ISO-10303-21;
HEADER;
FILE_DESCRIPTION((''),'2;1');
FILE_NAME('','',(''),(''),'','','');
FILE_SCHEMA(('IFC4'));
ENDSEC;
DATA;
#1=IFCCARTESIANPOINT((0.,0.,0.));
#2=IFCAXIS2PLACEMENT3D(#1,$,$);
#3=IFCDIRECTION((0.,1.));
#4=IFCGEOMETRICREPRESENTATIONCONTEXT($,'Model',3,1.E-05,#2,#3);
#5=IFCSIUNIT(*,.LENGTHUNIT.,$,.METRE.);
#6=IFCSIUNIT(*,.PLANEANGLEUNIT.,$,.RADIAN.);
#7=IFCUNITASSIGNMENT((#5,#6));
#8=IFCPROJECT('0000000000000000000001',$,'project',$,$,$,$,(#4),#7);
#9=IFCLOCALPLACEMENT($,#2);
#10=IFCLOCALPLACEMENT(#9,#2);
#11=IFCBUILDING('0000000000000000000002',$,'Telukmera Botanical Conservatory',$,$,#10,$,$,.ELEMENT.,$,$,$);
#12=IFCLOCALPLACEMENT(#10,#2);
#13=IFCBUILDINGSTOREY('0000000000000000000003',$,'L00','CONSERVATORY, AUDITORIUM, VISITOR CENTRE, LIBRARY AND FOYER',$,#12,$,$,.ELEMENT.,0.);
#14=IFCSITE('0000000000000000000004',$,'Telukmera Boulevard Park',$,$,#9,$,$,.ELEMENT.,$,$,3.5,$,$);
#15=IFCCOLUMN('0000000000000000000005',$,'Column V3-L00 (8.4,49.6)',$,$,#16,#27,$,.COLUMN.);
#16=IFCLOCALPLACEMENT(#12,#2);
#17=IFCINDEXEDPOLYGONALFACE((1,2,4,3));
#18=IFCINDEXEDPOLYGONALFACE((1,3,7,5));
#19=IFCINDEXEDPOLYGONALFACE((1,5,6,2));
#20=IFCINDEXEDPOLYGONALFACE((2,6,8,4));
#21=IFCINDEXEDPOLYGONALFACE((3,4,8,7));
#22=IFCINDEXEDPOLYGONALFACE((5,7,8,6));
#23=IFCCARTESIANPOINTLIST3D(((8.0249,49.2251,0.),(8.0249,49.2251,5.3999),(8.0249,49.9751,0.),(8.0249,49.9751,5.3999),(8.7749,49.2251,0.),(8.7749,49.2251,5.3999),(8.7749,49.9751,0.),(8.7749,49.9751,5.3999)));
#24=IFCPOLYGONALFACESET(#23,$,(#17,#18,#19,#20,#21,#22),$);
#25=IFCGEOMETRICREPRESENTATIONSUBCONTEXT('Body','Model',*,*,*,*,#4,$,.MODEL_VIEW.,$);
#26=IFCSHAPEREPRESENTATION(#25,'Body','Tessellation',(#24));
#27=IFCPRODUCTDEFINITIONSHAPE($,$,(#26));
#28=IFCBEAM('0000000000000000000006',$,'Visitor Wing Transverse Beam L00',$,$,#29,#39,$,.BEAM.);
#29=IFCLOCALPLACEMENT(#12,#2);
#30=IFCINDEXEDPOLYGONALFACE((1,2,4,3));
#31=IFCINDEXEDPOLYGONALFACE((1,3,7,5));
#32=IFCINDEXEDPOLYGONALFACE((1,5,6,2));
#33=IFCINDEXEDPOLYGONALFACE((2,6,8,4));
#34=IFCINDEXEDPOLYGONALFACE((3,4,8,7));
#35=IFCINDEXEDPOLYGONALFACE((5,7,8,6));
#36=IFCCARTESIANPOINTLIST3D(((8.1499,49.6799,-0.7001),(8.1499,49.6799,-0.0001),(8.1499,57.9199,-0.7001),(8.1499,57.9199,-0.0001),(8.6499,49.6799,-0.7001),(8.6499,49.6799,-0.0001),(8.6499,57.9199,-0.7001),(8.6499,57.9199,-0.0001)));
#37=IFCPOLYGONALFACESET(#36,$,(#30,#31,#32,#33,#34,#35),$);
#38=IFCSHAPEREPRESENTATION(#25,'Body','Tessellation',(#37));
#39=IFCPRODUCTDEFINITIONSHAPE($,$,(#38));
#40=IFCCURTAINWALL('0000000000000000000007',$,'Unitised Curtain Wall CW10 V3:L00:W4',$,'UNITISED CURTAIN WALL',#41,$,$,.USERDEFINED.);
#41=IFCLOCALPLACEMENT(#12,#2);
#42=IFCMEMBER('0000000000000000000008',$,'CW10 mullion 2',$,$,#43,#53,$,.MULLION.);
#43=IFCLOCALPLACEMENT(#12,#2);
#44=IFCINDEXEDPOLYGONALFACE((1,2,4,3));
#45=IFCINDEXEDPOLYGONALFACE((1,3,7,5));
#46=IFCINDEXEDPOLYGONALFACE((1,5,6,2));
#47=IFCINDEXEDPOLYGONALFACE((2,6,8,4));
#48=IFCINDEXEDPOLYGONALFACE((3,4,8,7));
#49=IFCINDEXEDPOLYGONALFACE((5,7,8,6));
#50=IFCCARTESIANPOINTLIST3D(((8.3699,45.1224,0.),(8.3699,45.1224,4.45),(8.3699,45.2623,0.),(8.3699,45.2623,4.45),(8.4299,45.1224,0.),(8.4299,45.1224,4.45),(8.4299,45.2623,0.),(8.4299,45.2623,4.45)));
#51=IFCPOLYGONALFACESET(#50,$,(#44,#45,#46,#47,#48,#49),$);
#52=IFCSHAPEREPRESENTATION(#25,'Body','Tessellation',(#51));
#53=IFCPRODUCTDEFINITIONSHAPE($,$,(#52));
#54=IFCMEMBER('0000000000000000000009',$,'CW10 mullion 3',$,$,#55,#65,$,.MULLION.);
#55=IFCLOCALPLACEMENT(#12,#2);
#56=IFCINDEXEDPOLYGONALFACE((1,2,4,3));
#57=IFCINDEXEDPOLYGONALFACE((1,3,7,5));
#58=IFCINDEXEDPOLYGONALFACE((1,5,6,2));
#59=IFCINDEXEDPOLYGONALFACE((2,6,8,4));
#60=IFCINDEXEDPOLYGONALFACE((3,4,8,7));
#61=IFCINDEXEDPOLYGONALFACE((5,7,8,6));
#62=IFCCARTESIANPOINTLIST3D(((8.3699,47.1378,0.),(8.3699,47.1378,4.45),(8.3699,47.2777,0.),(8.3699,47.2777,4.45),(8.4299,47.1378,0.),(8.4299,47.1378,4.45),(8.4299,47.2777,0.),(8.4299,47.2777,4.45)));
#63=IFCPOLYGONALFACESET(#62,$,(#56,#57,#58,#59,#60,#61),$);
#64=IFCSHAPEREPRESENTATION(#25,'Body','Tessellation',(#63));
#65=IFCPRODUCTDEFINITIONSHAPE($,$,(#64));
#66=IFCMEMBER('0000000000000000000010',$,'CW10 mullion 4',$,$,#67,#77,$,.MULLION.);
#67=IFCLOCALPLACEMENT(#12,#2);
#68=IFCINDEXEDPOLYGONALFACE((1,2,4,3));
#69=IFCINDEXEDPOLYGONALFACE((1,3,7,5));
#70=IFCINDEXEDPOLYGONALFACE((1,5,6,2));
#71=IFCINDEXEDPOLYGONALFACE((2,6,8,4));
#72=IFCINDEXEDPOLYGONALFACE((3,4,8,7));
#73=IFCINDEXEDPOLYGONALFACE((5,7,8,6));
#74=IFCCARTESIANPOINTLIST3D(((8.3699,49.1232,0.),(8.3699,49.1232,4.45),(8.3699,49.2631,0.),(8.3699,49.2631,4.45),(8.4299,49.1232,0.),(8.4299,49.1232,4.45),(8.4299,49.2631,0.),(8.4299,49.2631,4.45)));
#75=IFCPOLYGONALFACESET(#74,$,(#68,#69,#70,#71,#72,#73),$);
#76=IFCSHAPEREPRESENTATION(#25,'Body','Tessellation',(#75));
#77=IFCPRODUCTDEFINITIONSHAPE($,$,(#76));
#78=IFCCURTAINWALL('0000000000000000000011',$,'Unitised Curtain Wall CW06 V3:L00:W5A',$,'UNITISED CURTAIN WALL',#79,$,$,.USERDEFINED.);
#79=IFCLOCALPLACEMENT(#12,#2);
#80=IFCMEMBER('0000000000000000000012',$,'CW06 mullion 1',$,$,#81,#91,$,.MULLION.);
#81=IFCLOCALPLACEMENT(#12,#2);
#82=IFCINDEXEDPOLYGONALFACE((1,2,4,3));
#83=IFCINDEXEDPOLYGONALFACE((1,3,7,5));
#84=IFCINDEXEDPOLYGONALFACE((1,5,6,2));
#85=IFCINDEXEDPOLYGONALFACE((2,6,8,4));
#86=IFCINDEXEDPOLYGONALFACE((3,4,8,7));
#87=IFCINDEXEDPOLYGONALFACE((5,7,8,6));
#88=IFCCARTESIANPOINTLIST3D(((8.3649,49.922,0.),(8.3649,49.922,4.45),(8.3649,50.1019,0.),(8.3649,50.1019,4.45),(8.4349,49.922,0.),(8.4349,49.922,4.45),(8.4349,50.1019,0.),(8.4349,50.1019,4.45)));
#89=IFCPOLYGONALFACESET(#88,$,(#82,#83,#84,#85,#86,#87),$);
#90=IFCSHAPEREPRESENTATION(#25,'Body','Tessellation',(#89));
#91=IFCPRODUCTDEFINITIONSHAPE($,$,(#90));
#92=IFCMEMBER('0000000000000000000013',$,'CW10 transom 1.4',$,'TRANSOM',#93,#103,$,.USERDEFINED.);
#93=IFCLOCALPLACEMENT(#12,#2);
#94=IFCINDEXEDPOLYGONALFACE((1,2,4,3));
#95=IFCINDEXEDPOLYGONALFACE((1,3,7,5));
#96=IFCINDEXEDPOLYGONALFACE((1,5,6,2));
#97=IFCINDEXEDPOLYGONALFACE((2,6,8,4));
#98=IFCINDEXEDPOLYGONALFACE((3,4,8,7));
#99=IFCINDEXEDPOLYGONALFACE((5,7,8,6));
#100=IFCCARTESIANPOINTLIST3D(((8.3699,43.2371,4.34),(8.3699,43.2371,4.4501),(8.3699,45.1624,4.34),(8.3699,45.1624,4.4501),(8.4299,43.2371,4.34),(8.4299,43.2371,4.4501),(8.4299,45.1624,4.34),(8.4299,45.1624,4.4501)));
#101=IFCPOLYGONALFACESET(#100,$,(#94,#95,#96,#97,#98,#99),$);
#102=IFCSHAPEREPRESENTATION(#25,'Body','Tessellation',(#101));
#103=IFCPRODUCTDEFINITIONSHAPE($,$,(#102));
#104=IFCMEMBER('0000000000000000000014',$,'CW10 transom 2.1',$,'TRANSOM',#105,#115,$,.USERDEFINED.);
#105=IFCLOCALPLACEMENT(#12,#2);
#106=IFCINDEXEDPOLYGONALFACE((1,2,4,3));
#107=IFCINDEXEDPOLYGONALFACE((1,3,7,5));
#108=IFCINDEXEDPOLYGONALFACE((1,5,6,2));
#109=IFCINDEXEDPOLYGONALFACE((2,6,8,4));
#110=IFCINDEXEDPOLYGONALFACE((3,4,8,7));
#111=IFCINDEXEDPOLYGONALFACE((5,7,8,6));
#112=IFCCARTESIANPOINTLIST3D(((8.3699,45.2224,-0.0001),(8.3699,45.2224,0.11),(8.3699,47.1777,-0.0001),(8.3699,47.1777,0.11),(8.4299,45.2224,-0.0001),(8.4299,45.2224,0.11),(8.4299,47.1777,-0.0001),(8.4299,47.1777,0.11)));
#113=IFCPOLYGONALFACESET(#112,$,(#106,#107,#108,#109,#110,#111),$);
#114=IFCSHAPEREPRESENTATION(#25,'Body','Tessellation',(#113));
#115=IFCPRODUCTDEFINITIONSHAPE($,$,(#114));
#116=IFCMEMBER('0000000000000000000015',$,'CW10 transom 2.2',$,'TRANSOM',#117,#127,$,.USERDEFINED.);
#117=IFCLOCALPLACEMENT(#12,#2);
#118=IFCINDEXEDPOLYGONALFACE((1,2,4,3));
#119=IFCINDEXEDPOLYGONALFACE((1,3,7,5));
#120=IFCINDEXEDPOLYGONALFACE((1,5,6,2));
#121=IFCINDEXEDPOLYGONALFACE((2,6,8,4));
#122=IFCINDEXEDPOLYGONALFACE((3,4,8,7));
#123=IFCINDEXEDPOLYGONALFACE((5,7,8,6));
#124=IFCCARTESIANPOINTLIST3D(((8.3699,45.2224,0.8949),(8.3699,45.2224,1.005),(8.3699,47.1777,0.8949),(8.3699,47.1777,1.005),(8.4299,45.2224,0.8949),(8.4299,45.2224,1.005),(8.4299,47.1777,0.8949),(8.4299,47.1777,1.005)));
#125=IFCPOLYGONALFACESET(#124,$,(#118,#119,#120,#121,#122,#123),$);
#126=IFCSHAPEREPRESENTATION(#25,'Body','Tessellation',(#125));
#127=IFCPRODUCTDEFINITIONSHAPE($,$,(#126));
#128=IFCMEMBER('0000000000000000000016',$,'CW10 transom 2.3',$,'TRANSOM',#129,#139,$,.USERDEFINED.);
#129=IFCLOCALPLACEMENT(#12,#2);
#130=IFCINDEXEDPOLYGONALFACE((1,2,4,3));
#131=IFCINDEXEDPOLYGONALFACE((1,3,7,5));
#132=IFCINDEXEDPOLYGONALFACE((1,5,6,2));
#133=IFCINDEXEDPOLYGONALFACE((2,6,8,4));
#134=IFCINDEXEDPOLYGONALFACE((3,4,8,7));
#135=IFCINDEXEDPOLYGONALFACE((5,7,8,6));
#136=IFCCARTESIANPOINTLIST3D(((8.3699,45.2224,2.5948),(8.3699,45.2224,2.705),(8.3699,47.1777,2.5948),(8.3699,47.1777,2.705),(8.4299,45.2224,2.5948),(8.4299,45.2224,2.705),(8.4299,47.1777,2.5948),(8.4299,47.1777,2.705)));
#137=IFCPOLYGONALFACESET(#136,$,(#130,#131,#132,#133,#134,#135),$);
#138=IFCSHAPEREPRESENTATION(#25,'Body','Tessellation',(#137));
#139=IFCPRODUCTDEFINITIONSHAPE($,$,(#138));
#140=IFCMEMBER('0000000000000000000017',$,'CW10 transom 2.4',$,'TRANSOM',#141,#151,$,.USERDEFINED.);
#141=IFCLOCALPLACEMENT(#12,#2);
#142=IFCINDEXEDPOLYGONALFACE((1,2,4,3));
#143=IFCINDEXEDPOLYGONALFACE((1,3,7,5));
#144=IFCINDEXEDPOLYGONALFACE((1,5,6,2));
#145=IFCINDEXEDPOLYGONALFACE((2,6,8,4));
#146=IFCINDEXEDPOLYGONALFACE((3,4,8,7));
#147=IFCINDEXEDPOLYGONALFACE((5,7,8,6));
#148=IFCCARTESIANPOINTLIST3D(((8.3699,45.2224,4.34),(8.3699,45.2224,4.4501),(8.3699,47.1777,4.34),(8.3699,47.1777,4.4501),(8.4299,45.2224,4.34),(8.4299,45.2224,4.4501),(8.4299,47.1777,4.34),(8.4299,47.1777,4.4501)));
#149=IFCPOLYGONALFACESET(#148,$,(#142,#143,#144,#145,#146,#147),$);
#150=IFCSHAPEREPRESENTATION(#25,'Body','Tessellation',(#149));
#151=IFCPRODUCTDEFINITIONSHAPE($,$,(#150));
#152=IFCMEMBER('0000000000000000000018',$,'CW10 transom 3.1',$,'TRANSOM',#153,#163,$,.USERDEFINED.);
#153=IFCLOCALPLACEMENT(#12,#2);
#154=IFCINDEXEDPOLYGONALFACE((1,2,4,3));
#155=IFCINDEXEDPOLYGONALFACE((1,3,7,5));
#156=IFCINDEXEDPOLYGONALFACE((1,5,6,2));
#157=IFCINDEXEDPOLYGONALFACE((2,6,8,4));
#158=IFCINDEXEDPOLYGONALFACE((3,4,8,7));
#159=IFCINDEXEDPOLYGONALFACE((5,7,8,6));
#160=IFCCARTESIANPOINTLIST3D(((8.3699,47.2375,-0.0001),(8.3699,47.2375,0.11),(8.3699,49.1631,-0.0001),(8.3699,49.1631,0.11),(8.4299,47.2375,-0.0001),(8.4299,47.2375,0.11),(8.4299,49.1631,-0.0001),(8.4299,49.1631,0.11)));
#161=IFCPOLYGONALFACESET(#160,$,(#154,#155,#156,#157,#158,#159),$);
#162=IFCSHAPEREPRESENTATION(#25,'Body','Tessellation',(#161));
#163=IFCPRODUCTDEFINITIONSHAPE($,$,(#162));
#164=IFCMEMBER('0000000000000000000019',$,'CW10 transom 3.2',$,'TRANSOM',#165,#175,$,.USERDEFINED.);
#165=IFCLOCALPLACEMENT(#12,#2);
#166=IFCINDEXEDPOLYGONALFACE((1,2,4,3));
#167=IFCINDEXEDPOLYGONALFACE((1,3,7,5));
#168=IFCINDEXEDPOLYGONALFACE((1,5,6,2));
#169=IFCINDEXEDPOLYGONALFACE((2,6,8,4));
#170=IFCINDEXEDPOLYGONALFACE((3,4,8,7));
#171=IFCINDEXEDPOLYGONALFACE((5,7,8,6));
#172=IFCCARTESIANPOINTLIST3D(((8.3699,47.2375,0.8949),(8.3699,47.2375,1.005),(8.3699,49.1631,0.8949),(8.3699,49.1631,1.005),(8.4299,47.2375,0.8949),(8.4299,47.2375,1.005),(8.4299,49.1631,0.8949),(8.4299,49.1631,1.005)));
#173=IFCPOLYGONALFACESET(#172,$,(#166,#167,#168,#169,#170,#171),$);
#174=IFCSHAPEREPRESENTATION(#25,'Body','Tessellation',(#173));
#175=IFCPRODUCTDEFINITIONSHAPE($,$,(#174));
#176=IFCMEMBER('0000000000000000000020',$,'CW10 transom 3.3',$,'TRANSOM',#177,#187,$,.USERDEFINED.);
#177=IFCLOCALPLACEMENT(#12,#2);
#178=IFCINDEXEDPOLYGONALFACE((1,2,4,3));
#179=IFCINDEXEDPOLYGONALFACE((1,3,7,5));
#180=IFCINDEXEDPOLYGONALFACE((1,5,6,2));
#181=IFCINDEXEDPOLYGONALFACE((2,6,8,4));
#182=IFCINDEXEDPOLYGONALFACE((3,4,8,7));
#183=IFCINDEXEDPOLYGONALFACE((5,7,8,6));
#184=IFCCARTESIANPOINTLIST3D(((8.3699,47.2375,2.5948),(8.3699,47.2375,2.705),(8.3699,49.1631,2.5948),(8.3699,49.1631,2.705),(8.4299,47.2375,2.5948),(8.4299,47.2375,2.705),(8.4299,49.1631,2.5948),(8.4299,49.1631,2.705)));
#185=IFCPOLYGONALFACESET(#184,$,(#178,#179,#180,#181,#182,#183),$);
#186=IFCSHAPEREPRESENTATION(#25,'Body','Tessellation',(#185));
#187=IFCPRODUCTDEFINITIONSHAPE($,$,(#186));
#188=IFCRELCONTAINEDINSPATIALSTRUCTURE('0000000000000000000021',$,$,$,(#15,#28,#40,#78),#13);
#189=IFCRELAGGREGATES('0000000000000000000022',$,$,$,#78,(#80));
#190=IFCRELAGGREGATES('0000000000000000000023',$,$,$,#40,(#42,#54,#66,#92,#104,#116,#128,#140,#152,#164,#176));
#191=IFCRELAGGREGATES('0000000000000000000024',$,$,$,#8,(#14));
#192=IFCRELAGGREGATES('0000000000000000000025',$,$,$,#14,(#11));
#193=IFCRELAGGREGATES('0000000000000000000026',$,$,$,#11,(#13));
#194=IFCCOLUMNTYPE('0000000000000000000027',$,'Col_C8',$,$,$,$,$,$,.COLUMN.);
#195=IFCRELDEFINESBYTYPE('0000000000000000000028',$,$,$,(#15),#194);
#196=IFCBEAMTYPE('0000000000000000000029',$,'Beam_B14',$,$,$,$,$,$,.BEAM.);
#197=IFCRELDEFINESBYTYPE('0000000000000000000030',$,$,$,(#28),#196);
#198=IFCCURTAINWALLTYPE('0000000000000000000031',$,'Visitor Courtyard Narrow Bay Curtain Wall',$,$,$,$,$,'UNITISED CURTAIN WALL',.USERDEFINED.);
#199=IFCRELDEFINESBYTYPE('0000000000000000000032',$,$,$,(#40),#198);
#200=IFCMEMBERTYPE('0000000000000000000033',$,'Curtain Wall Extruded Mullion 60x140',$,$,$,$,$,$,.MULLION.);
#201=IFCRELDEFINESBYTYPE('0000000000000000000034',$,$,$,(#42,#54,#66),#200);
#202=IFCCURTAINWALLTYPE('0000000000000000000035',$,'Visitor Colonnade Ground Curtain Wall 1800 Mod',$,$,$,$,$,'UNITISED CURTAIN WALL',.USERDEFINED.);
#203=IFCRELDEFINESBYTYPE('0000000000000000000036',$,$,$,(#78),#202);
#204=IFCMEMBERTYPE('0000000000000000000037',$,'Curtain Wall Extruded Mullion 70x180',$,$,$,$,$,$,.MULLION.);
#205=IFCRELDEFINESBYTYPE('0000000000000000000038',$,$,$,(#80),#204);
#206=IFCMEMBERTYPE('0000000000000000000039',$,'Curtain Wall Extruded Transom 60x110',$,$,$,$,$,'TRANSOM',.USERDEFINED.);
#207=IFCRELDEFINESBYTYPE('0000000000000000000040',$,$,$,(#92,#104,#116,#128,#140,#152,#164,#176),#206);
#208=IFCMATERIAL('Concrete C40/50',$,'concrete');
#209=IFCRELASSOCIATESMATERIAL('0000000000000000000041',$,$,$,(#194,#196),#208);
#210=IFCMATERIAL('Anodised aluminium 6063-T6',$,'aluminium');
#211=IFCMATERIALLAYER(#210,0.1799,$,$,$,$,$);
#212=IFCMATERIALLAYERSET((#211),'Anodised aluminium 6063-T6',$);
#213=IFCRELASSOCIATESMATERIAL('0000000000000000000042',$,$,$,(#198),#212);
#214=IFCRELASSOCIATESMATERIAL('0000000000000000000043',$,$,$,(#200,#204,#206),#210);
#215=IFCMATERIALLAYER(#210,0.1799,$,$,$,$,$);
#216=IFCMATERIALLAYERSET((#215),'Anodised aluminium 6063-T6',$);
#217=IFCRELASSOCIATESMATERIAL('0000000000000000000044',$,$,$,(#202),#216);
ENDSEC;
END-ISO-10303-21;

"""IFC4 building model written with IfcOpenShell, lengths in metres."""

from ifc_helpers import new_model, si_unit, direction, frame, origin, origin_2d, place, context, subcontext, project, spatial, rectangle, extrude, material, layer, layer_set, material_profile, profile_set, type_object, element, aggregate, save


model = new_model("IFC4")

# Units and contexts
model_context = context("Model", 3, precision=1e-05, world=origin(), true_north=direction((0.0, 1.0)))
body_context = subcontext(model_context, "Body", "Model", "MODEL_VIEW")
ifc_project = project(units=[si_unit("LENGTHUNIT", "METRE"), si_unit("PLANEANGLEUNIT", "RADIAN")], contexts=[model_context])

# Site, building, storey
site_placement = place(None, origin())
site = spatial("IfcSite", under=ifc_project, at=site_placement, Name="Telukmera Boulevard Park", CompositionType="ELEMENT", RefElevation=3.5)
building_placement = place(site_placement, origin())
building = spatial("IfcBuilding", under=site, at=building_placement, Name="Telukmera Botanical Conservatory", CompositionType="ELEMENT")
storey_placement = place(building_placement, origin())
storey = spatial("IfcBuildingStorey", under=building, at=storey_placement, Name="L00", Description="CONSERVATORY, AUDITORIUM, VISITOR CENTRE, LIBRARY AND FOYER", CompositionType="ELEMENT", Elevation=0.0)

# Column
ifc_material_1 = material(Name="Concrete C40/50", Category="concrete")
ifc_material_profile_1 = material_profile(ifc_material_1, rectangle(XDim=0.75, YDim=0.75, at=origin_2d()), Name="RC 750x750")
ifc_profile_set_1 = profile_set([ifc_material_profile_1], Name="Concrete C40/50")
column_type = type_object("IfcColumnType", Name="Col_C8", PredefinedType="COLUMN", material=ifc_profile_set_1)
column_placement = place(storey_placement, frame((8.3999, 49.6001, 0.0), z_axis=(0.0, 0.0, 1.0), x_axis=(1.0, 0.0, 0.0)))
element("IfcColumn", 1, at=column_placement, inside=storey, type_object=column_type, Name="Column V3-L00 (8.4,49.6)", PredefinedType="COLUMN", context=body_context, shape_type="SweptSolid", body=[
    extrude(rectangle(XDim=0.75, YDim=0.75, at=origin_2d()), origin(), (0.0, 0.0, 1.0), 5.3999),
])

# Beam
ifc_material_profile_2 = material_profile(ifc_material_1, rectangle(XDim=0.5, YDim=0.7, at=origin_2d()), Name="RC 500x700")
ifc_profile_set_2 = profile_set([ifc_material_profile_2], Name="Concrete C40/50")
beam_type = type_object("IfcBeamType", Name="Beam_B14", PredefinedType="BEAM", material=ifc_profile_set_2)
beam_placement = place(storey_placement, frame((8.3999, 49.6799, -0.3501), z_axis=(0.0, 1.0, 0.0), x_axis=(-1.0, 0.0, 0.0)))
element("IfcBeam", 2, at=beam_placement, inside=storey, type_object=beam_type, Name="Visitor Wing Transverse Beam L00", PredefinedType="BEAM", context=body_context, shape_type="SweptSolid", body=[
    extrude(rectangle(XDim=0.5, YDim=0.7, at=origin_2d()), origin(), (0.0, 0.0, 1.0), 8.24),
])

# Curtain wall, members
ifc_material_2 = material(Name="Anodised aluminium 6063-T6", Category="aluminium")
ifc_layer_1 = layer(ifc_material_2, 0.1799)
ifc_layer_set_1 = layer_set([ifc_layer_1], Name="Anodised aluminium 6063-T6")
curtain_wall_type_1 = type_object("IfcCurtainWallType", Name="Visitor Courtyard Narrow Bay Curtain Wall", ElementType="UNITISED CURTAIN WALL", PredefinedType="USERDEFINED", material=ifc_layer_set_1)
curtain_wall_1_placement = place(storey_placement, origin())
curtain_wall_1 = element("IfcCurtainWall", 3, at=curtain_wall_1_placement, inside=storey, type_object=curtain_wall_type_1, Name="Unitised Curtain Wall CW10 V3:L00:W4", ObjectType="UNITISED CURTAIN WALL", PredefinedType="USERDEFINED")
ifc_material_profile_3 = material_profile(ifc_material_2, rectangle(XDim=0.0601, YDim=0.1399, at=origin_2d()), Name="ALU MULL 60x140")
ifc_profile_set_3 = profile_set([ifc_material_profile_3], Name="Anodised aluminium 6063-T6")
member_type_1 = type_object("IfcMemberType", Name="Curtain Wall Extruded Mullion 60x140", PredefinedType="MULLION", material=ifc_profile_set_3)
member_1_placement = place(storey_placement, frame((8.3999, 45.1924, 0.0), z_axis=(0.0, 0.0, 1.0), x_axis=(-1.0, 0.0, 0.0)))
member_1 = element("IfcMember", 4, at=member_1_placement, type_object=member_type_1, Name="CW10 mullion 2", PredefinedType="MULLION", context=body_context, shape_type="SweptSolid", body=[
    extrude(rectangle(XDim=0.0601, YDim=0.1399, at=origin_2d()), origin(), (0.0, 0.0, 1.0), 4.45),
])
member_2_placement = place(storey_placement, frame((8.3999, 47.2078, 0.0), z_axis=(0.0, 0.0, 1.0), x_axis=(-1.0, 0.0, 0.0)))
member_2 = element("IfcMember", 5, at=member_2_placement, type_object=member_type_1, Name="CW10 mullion 3", PredefinedType="MULLION", context=body_context, shape_type="SweptSolid", body=[
    extrude(rectangle(XDim=0.0601, YDim=0.1399, at=origin_2d()), origin(), (0.0, 0.0, 1.0), 4.45),
])
member_3_placement = place(storey_placement, frame((8.3999, 49.1931, 0.0), z_axis=(0.0, 0.0, 1.0), x_axis=(-1.0, 0.0, 0.0)))
member_3 = element("IfcMember", 6, at=member_3_placement, type_object=member_type_1, Name="CW10 mullion 4", PredefinedType="MULLION", context=body_context, shape_type="SweptSolid", body=[
    extrude(rectangle(XDim=0.0601, YDim=0.1399, at=origin_2d()), origin(), (0.0, 0.0, 1.0), 4.45),
])

# Curtain wall, member
ifc_layer_2 = layer(ifc_material_2, 0.1799)
ifc_layer_set_2 = layer_set([ifc_layer_2], Name="Anodised aluminium 6063-T6")
curtain_wall_type_2 = type_object("IfcCurtainWallType", Name="Visitor Colonnade Ground Curtain Wall 1800 Mod", ElementType="UNITISED CURTAIN WALL", PredefinedType="USERDEFINED", material=ifc_layer_set_2)
curtain_wall_2_placement = place(storey_placement, origin())
curtain_wall_2 = element("IfcCurtainWall", 7, at=curtain_wall_2_placement, inside=storey, type_object=curtain_wall_type_2, Name="Unitised Curtain Wall CW06 V3:L00:W5A", ObjectType="UNITISED CURTAIN WALL", PredefinedType="USERDEFINED")
ifc_material_profile_4 = material_profile(ifc_material_2, rectangle(XDim=0.0701, YDim=0.1799, at=origin_2d()), Name="ALU MULL 70x180")
ifc_profile_set_4 = profile_set([ifc_material_profile_4], Name="Anodised aluminium 6063-T6")
member_type_2 = type_object("IfcMemberType", Name="Curtain Wall Extruded Mullion 70x180", PredefinedType="MULLION", material=ifc_profile_set_4)
member_4_placement = place(storey_placement, frame((8.3999, 50.012, 0.0), z_axis=(0.0, 0.0, 1.0), x_axis=(-1.0, 0.0, 0.0)))
member_4 = element("IfcMember", 8, at=member_4_placement, type_object=member_type_2, Name="CW06 mullion 1", PredefinedType="MULLION", context=body_context, shape_type="SweptSolid", body=[
    extrude(rectangle(XDim=0.0701, YDim=0.1799, at=origin_2d()), origin(), (0.0, 0.0, 1.0), 4.45),
])

# Members
ifc_material_profile_5 = material_profile(ifc_material_2, rectangle(XDim=0.0601, YDim=0.1101, at=origin_2d()), Name="ALU TRAN 60x110")
ifc_profile_set_5 = profile_set([ifc_material_profile_5], Name="Anodised aluminium 6063-T6")
member_type_3 = type_object("IfcMemberType", Name="Curtain Wall Extruded Transom 60x110", ElementType="TRANSOM", PredefinedType="USERDEFINED", material=ifc_profile_set_5)
member_5_placement = place(storey_placement, frame((8.3999, 43.2371, 4.395), z_axis=(0.0, 1.0, 0.0), x_axis=(-1.0, 0.0, 0.0)))
member_5 = element("IfcMember", 9, at=member_5_placement, type_object=member_type_3, Name="CW10 transom 1.4", ObjectType="TRANSOM", PredefinedType="USERDEFINED", context=body_context, shape_type="SweptSolid", body=[
    extrude(rectangle(XDim=0.0601, YDim=0.1101, at=origin_2d()), origin(), (0.0, 0.0, 1.0), 1.9253),
])
member_6_placement = place(storey_placement, frame((8.3999, 45.2224, 0.0549), z_axis=(0.0, 1.0, 0.0), x_axis=(-1.0, 0.0, 0.0)))
member_6 = element("IfcMember", 10, at=member_6_placement, type_object=member_type_3, Name="CW10 transom 2.1", ObjectType="TRANSOM", PredefinedType="USERDEFINED", context=body_context, shape_type="SweptSolid", body=[
    extrude(rectangle(XDim=0.0601, YDim=0.1101, at=origin_2d()), origin(), (0.0, 0.0, 1.0), 1.9553),
])
member_7_placement = place(storey_placement, frame((8.3999, 45.2224, 0.95), z_axis=(0.0, 1.0, 0.0), x_axis=(-1.0, 0.0, 0.0)))
member_7 = element("IfcMember", 11, at=member_7_placement, type_object=member_type_3, Name="CW10 transom 2.2", ObjectType="TRANSOM", PredefinedType="USERDEFINED", context=body_context, shape_type="SweptSolid", body=[
    extrude(rectangle(XDim=0.0601, YDim=0.1101, at=origin_2d()), origin(), (0.0, 0.0, 1.0), 1.9553),
])
member_8_placement = place(storey_placement, frame((8.3999, 45.2224, 2.6499), z_axis=(0.0, 1.0, 0.0), x_axis=(-1.0, 0.0, 0.0)))
member_8 = element("IfcMember", 12, at=member_8_placement, type_object=member_type_3, Name="CW10 transom 2.3", ObjectType="TRANSOM", PredefinedType="USERDEFINED", context=body_context, shape_type="SweptSolid", body=[
    extrude(rectangle(XDim=0.0601, YDim=0.1101, at=origin_2d()), origin(), (0.0, 0.0, 1.0), 1.9553),
])
member_9_placement = place(storey_placement, frame((8.3999, 45.2224, 4.395), z_axis=(0.0, 1.0, 0.0), x_axis=(-1.0, 0.0, 0.0)))
member_9 = element("IfcMember", 13, at=member_9_placement, type_object=member_type_3, Name="CW10 transom 2.4", ObjectType="TRANSOM", PredefinedType="USERDEFINED", context=body_context, shape_type="SweptSolid", body=[
    extrude(rectangle(XDim=0.0601, YDim=0.1101, at=origin_2d()), origin(), (0.0, 0.0, 1.0), 1.9553),
])
member_10_placement = place(storey_placement, frame((8.3999, 47.2375, 0.0549), z_axis=(0.0, 1.0, 0.0), x_axis=(-1.0, 0.0, 0.0)))
member_10 = element("IfcMember", 14, at=member_10_placement, type_object=member_type_3, Name="CW10 transom 3.1", ObjectType="TRANSOM", PredefinedType="USERDEFINED", context=body_context, shape_type="SweptSolid", body=[
    extrude(rectangle(XDim=0.0601, YDim=0.1101, at=origin_2d()), origin(), (0.0, 0.0, 1.0), 1.9255),
])
member_11_placement = place(storey_placement, frame((8.3999, 47.2375, 0.95), z_axis=(0.0, 1.0, 0.0), x_axis=(-1.0, 0.0, 0.0)))
member_11 = element("IfcMember", 15, at=member_11_placement, type_object=member_type_3, Name="CW10 transom 3.2", ObjectType="TRANSOM", PredefinedType="USERDEFINED", context=body_context, shape_type="SweptSolid", body=[
    extrude(rectangle(XDim=0.0601, YDim=0.1101, at=origin_2d()), origin(), (0.0, 0.0, 1.0), 1.9255),
])
member_12_placement = place(storey_placement, frame((8.3999, 47.2375, 2.6499), z_axis=(0.0, 1.0, 0.0), x_axis=(-1.0, 0.0, 0.0)))
member_12 = element("IfcMember", 16, at=member_12_placement, type_object=member_type_3, Name="CW10 transom 3.3", ObjectType="TRANSOM", PredefinedType="USERDEFINED", context=body_context, shape_type="SweptSolid", body=[
    extrude(rectangle(XDim=0.0601, YDim=0.1101, at=origin_2d()), origin(), (0.0, 0.0, 1.0), 1.9255),
])
aggregate(curtain_wall_2, [member_4])

aggregate(curtain_wall_1, [member_1, member_2, member_3, member_5, member_6, member_7, member_8, member_9, member_10, member_11, member_12])

save(model, "model.ifc")
